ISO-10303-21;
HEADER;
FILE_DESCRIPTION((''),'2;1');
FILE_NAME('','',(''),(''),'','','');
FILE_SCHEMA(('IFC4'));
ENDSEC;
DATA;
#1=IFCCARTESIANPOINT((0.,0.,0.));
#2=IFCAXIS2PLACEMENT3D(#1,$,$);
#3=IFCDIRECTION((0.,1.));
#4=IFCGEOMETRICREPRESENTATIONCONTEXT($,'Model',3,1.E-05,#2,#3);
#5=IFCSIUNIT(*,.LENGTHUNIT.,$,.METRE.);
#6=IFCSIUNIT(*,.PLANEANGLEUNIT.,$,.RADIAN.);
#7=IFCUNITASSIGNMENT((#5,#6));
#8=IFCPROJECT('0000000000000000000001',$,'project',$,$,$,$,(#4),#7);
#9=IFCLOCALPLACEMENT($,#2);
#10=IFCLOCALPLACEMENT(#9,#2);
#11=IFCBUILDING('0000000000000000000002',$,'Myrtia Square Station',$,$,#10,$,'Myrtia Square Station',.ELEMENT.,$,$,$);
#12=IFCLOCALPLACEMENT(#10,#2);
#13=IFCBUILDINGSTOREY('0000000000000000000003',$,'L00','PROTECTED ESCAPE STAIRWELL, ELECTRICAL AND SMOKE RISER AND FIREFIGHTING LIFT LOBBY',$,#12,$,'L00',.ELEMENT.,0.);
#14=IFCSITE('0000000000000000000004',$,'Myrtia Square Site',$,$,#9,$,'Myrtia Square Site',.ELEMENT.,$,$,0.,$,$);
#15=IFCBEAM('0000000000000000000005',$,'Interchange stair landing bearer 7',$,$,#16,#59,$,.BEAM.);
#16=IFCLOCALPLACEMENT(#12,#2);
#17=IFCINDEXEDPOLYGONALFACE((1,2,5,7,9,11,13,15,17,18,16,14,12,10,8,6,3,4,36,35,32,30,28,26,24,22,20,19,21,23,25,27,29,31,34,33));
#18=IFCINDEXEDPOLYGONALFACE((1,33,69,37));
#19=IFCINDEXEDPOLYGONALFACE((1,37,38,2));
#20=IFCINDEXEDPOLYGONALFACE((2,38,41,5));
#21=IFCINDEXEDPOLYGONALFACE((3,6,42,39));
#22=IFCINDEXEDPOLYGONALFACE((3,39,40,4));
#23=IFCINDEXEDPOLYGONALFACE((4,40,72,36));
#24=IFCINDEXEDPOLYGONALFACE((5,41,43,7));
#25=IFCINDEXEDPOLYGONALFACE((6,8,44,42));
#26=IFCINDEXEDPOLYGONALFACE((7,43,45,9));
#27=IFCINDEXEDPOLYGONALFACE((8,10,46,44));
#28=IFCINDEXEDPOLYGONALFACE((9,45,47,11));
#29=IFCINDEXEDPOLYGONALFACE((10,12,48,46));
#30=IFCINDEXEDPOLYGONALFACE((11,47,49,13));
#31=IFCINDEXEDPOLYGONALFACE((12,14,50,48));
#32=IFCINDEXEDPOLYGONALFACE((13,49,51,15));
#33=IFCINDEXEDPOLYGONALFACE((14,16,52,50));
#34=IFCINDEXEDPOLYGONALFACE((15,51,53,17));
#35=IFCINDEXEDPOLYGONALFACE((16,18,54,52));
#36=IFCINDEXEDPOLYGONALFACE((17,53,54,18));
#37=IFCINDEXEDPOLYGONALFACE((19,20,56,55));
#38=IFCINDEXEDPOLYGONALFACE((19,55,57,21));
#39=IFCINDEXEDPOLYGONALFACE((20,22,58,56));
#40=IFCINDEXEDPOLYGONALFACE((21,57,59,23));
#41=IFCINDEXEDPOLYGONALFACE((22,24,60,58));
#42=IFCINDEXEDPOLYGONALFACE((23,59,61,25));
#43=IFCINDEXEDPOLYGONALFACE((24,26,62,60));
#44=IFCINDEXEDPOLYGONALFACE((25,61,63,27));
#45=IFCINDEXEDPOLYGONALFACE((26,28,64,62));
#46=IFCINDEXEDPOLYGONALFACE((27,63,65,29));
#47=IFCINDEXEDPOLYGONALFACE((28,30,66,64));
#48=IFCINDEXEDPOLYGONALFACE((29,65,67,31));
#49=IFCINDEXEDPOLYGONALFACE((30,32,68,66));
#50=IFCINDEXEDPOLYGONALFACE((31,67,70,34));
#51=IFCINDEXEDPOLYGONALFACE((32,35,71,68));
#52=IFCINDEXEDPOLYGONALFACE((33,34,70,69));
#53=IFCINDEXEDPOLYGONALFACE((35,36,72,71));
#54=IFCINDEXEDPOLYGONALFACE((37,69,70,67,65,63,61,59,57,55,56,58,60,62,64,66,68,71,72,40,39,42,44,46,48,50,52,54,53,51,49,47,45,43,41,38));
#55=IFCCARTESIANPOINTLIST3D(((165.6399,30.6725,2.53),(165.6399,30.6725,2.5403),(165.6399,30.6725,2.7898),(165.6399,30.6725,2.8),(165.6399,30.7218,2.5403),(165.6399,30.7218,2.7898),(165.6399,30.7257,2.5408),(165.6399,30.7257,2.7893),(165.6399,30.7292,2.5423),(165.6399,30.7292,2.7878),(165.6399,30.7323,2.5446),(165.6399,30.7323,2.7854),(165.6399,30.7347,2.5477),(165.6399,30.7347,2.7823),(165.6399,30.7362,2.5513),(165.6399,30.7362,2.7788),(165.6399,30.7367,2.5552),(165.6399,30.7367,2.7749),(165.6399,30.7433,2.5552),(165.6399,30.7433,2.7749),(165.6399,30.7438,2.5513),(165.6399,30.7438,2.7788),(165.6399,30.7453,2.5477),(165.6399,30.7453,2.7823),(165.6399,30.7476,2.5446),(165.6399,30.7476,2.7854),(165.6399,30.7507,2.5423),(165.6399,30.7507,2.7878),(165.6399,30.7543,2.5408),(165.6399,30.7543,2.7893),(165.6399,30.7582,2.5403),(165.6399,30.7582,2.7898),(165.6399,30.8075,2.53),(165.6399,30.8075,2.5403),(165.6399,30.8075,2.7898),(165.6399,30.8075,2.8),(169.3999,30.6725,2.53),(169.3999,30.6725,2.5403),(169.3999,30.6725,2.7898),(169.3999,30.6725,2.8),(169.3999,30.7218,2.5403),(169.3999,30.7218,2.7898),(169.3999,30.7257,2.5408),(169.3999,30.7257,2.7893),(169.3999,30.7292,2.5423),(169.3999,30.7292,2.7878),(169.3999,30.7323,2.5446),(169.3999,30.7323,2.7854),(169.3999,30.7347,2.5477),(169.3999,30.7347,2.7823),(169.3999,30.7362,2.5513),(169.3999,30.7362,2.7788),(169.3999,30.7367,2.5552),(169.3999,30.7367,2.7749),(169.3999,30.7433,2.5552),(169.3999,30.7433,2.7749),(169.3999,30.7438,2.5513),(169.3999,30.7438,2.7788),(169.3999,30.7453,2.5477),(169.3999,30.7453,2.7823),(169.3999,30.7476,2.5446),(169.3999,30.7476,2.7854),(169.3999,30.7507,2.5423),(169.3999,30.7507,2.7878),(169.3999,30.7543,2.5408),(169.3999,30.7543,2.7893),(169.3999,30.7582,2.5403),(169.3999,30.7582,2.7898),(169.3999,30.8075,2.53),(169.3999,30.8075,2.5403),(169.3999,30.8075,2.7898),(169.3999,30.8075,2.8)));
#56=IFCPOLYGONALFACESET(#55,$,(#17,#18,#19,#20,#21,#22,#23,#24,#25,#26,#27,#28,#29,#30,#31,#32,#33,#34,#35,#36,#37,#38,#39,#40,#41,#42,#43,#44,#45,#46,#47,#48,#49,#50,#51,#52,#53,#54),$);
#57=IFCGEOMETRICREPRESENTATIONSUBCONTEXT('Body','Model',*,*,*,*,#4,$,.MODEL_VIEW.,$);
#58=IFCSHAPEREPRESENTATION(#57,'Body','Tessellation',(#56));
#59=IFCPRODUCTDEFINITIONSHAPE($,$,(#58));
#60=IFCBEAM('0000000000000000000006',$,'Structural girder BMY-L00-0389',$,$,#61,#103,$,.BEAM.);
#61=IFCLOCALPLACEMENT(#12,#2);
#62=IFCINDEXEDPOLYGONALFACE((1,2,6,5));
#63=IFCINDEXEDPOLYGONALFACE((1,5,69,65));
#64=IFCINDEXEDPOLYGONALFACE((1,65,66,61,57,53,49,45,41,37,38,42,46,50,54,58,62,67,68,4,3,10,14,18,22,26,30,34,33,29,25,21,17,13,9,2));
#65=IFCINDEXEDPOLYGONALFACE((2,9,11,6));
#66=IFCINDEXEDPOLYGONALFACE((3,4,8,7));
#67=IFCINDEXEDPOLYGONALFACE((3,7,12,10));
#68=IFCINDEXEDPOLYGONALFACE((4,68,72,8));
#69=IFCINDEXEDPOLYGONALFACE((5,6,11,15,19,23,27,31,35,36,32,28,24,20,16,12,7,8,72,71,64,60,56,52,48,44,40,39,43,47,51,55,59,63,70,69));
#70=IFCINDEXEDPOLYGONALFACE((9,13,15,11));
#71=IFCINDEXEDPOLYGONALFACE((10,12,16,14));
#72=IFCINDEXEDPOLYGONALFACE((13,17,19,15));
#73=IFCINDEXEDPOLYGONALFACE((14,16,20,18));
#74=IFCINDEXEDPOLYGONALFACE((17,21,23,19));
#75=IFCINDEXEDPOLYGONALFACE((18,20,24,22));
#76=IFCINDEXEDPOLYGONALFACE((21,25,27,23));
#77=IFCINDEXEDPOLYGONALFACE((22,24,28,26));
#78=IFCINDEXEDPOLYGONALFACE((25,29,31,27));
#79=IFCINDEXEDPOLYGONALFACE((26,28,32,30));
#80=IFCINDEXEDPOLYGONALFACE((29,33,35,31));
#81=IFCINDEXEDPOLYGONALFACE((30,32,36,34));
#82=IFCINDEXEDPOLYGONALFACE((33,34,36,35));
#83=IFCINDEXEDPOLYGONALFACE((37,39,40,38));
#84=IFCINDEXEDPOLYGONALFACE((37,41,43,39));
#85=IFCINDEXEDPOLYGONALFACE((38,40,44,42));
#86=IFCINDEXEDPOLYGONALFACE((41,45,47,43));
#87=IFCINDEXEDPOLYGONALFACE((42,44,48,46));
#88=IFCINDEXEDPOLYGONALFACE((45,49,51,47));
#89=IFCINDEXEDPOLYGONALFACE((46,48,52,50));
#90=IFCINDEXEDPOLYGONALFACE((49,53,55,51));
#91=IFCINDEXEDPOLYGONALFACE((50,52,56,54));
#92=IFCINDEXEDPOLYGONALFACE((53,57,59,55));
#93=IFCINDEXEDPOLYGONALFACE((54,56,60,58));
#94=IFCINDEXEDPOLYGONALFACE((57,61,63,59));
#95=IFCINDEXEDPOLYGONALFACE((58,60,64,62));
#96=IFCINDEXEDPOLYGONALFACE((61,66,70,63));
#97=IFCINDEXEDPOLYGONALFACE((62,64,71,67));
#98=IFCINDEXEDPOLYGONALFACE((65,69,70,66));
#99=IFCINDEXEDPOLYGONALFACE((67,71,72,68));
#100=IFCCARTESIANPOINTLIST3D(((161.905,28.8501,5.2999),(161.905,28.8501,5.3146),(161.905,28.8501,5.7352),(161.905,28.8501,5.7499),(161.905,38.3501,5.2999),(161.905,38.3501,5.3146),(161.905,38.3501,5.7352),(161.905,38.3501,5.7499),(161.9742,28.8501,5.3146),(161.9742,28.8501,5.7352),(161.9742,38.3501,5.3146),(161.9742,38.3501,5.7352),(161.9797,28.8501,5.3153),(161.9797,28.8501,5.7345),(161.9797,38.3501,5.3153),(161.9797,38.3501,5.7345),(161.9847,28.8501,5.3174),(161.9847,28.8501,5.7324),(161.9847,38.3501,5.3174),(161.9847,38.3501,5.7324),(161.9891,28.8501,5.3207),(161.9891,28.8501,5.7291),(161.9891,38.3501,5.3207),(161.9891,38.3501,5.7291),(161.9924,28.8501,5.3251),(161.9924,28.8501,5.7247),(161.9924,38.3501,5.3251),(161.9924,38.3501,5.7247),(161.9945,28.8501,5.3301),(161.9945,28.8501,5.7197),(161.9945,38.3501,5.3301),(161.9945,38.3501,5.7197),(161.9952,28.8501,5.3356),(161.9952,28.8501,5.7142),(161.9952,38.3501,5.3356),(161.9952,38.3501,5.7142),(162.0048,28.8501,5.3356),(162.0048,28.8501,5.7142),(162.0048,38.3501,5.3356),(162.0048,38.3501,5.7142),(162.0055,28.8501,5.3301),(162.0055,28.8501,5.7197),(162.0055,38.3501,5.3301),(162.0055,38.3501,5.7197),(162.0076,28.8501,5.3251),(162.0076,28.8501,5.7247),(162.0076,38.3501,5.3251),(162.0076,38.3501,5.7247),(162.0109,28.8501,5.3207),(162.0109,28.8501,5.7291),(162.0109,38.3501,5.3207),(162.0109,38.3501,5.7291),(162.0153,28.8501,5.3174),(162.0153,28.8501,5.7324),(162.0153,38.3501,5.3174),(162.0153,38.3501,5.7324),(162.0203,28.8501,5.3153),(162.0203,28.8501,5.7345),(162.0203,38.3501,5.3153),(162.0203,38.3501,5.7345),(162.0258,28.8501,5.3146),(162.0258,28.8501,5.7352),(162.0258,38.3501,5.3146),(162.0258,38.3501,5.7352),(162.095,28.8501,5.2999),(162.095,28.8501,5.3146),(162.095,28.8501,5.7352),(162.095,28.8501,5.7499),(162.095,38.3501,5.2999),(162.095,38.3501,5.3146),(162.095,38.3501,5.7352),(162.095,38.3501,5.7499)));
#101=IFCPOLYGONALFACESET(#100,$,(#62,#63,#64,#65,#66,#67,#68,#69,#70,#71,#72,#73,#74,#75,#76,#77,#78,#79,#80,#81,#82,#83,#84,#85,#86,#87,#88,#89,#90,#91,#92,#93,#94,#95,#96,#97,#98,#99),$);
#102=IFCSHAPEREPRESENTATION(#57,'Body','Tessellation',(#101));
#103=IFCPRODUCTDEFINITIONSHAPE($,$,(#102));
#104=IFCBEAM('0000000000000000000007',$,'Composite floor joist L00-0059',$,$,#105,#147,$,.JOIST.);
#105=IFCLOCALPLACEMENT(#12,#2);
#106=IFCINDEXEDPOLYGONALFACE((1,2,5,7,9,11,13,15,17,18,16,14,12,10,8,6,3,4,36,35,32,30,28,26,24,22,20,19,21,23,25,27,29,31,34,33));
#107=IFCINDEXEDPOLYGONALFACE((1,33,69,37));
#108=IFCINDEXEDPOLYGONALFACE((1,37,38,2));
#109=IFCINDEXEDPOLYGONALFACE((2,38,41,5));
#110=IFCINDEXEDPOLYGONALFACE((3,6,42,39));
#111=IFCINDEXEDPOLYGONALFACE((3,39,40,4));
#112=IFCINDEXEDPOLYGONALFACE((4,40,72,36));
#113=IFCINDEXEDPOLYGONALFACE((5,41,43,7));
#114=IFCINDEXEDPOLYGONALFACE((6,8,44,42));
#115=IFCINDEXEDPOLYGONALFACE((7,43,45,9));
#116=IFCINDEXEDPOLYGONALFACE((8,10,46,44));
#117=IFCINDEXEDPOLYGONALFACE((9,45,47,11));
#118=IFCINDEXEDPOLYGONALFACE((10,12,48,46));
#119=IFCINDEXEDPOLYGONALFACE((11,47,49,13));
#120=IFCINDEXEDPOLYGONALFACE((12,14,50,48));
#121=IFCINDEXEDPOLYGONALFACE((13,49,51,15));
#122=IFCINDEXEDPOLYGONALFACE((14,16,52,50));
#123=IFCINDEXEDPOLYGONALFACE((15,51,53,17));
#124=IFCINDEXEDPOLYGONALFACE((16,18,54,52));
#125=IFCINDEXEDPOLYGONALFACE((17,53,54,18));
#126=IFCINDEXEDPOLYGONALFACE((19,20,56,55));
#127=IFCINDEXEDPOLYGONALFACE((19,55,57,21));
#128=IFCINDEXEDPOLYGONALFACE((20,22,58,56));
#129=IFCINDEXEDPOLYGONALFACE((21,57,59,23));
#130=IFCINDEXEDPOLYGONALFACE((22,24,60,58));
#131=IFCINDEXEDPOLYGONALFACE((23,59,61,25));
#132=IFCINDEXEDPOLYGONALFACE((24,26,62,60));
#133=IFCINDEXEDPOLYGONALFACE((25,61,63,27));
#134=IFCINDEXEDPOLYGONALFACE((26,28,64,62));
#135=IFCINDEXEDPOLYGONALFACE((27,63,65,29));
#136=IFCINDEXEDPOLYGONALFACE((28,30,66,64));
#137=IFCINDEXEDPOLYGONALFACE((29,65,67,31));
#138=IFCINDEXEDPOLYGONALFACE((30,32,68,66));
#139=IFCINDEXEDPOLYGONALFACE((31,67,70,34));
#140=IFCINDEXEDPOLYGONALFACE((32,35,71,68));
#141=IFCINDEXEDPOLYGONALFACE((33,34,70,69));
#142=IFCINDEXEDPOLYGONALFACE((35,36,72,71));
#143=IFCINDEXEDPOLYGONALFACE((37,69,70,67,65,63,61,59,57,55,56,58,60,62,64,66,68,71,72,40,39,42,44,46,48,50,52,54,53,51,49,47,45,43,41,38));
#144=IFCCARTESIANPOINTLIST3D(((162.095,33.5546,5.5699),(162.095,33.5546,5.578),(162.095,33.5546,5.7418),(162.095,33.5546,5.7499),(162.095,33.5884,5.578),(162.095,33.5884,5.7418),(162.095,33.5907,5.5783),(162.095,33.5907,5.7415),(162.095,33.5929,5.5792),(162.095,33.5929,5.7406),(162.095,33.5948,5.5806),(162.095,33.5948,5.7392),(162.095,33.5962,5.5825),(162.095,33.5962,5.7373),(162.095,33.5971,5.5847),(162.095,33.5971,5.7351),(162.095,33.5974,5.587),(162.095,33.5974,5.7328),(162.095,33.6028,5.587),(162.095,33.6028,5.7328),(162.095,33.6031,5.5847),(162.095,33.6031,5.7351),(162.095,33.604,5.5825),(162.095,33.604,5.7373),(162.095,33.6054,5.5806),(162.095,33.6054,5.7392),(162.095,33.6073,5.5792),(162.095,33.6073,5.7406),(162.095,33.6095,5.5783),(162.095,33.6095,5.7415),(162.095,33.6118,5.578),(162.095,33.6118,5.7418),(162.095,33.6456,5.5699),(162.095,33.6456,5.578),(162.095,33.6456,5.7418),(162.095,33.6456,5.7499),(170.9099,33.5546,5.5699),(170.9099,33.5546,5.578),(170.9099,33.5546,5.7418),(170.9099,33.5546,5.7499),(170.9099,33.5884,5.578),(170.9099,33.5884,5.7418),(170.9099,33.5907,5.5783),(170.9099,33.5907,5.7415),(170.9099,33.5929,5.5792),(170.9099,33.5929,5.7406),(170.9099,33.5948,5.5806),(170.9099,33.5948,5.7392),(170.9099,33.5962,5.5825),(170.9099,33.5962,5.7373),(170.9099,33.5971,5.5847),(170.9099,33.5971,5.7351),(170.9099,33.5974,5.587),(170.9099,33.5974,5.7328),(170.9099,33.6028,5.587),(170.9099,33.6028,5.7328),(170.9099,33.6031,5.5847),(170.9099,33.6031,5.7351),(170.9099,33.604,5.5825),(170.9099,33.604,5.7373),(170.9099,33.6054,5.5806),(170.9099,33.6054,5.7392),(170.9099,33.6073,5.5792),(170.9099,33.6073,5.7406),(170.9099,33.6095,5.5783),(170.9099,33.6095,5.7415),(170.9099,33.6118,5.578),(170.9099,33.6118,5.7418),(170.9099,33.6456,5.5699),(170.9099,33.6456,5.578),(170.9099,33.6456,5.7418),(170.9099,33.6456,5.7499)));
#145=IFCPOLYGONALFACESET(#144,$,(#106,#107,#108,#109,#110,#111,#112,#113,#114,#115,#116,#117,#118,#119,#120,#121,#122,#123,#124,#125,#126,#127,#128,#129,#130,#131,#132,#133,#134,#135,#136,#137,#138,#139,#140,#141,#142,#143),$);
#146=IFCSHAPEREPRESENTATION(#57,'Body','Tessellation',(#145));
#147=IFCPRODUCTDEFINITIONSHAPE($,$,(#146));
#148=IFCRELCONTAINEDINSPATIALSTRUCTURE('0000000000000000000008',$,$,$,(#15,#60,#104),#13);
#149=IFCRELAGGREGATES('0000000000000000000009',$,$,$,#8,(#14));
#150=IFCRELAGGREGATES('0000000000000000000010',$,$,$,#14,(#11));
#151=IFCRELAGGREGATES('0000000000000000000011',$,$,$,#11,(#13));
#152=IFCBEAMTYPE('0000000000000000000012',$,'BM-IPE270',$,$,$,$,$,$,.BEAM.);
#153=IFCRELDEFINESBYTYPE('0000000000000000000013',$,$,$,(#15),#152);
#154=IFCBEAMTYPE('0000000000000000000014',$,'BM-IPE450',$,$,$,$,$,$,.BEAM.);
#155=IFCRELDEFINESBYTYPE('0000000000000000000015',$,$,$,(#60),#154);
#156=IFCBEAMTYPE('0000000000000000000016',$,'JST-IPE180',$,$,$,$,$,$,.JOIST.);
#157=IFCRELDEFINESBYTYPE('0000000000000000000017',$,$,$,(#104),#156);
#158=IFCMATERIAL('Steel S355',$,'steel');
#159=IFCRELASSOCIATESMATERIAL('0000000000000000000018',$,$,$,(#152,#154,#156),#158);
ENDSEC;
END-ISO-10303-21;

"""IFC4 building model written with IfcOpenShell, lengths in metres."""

from ifc_helpers import new_model, si_unit, direction, frame, origin, origin_2d, place, context, subcontext, project, spatial, i_section, extrude, material, material_profile, profile_set, type_object, element, save


model = new_model("IFC4")

# Units and contexts
model_context = context("Model", 3, precision=1e-05, world=origin(), true_north=direction((0.0, 1.0)))
body_context = subcontext(model_context, "Body", "Model", "MODEL_VIEW")
ifc_project = project(units=[si_unit("LENGTHUNIT", "METRE"), si_unit("PLANEANGLEUNIT", "RADIAN")], contexts=[model_context])

# Site, building, storey
site_placement = place(None, origin())
site = spatial("IfcSite", under=ifc_project, at=site_placement, Name="Myrtia Square Site", LongName="Myrtia Square Site", CompositionType="ELEMENT", RefElevation=0.0)
building_placement = place(site_placement, origin())
building = spatial("IfcBuilding", under=site, at=building_placement, Name="Myrtia Square Station", LongName="Myrtia Square Station", CompositionType="ELEMENT")
storey_placement = place(building_placement, origin())
storey = spatial("IfcBuildingStorey", under=building, at=storey_placement, Name="L00", Description="PROTECTED ESCAPE STAIRWELL, ELECTRICAL AND SMOKE RISER AND FIREFIGHTING LIFT LOBBY", LongName="L00", CompositionType="ELEMENT", Elevation=0.0)

# Shared definitions
ifc_material_1 = material(Name="Steel S355", Category="steel")

# Beams
ifc_material_profile_1 = material_profile(ifc_material_1, i_section(OverallWidth=0.135, OverallDepth=0.27, WebThickness=0.0066, FlangeThickness=0.0103, FilletRadius=0.0149, at=origin_2d()), Name="IPE 270")
ifc_profile_set_1 = profile_set([ifc_material_profile_1], Name="Steel S355")
beam_type_1 = type_object("IfcBeamType", Name="BM-IPE270", PredefinedType="BEAM", material=ifc_profile_set_1)
beam_1_placement = place(storey_placement, frame((165.6399, 30.74, 2.665), z_axis=(1.0, 0.0, 0.0), x_axis=(0.0, 1.0, 0.0)))
element("IfcBeam", 1, at=beam_1_placement, inside=storey, type_object=beam_type_1, Name="Interchange stair landing bearer 7", PredefinedType="BEAM", context=body_context, shape_type="SweptSolid", body=[
    extrude(i_section(OverallWidth=0.135, OverallDepth=0.27, WebThickness=0.0066, FlangeThickness=0.0103, FilletRadius=0.0149, at=origin_2d()), origin(), (0.0, 0.0, 1.0), 3.76),
])
ifc_material_profile_2 = material_profile(ifc_material_1, i_section(OverallWidth=0.1899, OverallDepth=0.45, WebThickness=0.0095, FlangeThickness=0.0146, FilletRadius=0.021, at=origin_2d()), Name="IPE 450")
ifc_profile_set_2 = profile_set([ifc_material_profile_2], Name="Steel S355")
beam_type_2 = type_object("IfcBeamType", Name="BM-IPE450", PredefinedType="BEAM", material=ifc_profile_set_2)
beam_2_placement = place(storey_placement, frame((162.0, 28.8501, 5.5249), z_axis=(0.0, 1.0, 0.0), x_axis=(-1.0, 0.0, 0.0)))
element("IfcBeam", 2, at=beam_2_placement, inside=storey, type_object=beam_type_2, Name="Structural girder BMY-L00-0389", PredefinedType="BEAM", context=body_context, shape_type="SweptSolid", body=[
    extrude(i_section(OverallWidth=0.1899, OverallDepth=0.45, WebThickness=0.0095, FlangeThickness=0.0146, FilletRadius=0.021, at=origin_2d()), origin(), (0.0, 0.0, 1.0), 9.5),
])
ifc_material_profile_3 = material_profile(ifc_material_1, i_section(OverallWidth=0.0911, OverallDepth=0.1799, WebThickness=0.0054, FlangeThickness=0.0081, FilletRadius=0.009, at=origin_2d()), Name="IPE 180")
ifc_profile_set_3 = profile_set([ifc_material_profile_3], Name="Steel S355")
beam_type_3 = type_object("IfcBeamType", Name="JST-IPE180", PredefinedType="JOIST", material=ifc_profile_set_3)
beam_3_placement = place(storey_placement, frame((162.095, 33.6001, 5.6599), z_axis=(1.0, 0.0, 0.0), x_axis=(0.0, 1.0, 0.0)))
element("IfcBeam", 3, at=beam_3_placement, inside=storey, type_object=beam_type_3, Name="Composite floor joist L00-0059", PredefinedType="JOIST", context=body_context, shape_type="SweptSolid", body=[
    extrude(i_section(OverallWidth=0.0911, OverallDepth=0.1799, WebThickness=0.0054, FlangeThickness=0.0081, FilletRadius=0.009, at=origin_2d()), origin(), (0.0, 0.0, 1.0), 8.8149),
])

save(model, "model.ifc")
